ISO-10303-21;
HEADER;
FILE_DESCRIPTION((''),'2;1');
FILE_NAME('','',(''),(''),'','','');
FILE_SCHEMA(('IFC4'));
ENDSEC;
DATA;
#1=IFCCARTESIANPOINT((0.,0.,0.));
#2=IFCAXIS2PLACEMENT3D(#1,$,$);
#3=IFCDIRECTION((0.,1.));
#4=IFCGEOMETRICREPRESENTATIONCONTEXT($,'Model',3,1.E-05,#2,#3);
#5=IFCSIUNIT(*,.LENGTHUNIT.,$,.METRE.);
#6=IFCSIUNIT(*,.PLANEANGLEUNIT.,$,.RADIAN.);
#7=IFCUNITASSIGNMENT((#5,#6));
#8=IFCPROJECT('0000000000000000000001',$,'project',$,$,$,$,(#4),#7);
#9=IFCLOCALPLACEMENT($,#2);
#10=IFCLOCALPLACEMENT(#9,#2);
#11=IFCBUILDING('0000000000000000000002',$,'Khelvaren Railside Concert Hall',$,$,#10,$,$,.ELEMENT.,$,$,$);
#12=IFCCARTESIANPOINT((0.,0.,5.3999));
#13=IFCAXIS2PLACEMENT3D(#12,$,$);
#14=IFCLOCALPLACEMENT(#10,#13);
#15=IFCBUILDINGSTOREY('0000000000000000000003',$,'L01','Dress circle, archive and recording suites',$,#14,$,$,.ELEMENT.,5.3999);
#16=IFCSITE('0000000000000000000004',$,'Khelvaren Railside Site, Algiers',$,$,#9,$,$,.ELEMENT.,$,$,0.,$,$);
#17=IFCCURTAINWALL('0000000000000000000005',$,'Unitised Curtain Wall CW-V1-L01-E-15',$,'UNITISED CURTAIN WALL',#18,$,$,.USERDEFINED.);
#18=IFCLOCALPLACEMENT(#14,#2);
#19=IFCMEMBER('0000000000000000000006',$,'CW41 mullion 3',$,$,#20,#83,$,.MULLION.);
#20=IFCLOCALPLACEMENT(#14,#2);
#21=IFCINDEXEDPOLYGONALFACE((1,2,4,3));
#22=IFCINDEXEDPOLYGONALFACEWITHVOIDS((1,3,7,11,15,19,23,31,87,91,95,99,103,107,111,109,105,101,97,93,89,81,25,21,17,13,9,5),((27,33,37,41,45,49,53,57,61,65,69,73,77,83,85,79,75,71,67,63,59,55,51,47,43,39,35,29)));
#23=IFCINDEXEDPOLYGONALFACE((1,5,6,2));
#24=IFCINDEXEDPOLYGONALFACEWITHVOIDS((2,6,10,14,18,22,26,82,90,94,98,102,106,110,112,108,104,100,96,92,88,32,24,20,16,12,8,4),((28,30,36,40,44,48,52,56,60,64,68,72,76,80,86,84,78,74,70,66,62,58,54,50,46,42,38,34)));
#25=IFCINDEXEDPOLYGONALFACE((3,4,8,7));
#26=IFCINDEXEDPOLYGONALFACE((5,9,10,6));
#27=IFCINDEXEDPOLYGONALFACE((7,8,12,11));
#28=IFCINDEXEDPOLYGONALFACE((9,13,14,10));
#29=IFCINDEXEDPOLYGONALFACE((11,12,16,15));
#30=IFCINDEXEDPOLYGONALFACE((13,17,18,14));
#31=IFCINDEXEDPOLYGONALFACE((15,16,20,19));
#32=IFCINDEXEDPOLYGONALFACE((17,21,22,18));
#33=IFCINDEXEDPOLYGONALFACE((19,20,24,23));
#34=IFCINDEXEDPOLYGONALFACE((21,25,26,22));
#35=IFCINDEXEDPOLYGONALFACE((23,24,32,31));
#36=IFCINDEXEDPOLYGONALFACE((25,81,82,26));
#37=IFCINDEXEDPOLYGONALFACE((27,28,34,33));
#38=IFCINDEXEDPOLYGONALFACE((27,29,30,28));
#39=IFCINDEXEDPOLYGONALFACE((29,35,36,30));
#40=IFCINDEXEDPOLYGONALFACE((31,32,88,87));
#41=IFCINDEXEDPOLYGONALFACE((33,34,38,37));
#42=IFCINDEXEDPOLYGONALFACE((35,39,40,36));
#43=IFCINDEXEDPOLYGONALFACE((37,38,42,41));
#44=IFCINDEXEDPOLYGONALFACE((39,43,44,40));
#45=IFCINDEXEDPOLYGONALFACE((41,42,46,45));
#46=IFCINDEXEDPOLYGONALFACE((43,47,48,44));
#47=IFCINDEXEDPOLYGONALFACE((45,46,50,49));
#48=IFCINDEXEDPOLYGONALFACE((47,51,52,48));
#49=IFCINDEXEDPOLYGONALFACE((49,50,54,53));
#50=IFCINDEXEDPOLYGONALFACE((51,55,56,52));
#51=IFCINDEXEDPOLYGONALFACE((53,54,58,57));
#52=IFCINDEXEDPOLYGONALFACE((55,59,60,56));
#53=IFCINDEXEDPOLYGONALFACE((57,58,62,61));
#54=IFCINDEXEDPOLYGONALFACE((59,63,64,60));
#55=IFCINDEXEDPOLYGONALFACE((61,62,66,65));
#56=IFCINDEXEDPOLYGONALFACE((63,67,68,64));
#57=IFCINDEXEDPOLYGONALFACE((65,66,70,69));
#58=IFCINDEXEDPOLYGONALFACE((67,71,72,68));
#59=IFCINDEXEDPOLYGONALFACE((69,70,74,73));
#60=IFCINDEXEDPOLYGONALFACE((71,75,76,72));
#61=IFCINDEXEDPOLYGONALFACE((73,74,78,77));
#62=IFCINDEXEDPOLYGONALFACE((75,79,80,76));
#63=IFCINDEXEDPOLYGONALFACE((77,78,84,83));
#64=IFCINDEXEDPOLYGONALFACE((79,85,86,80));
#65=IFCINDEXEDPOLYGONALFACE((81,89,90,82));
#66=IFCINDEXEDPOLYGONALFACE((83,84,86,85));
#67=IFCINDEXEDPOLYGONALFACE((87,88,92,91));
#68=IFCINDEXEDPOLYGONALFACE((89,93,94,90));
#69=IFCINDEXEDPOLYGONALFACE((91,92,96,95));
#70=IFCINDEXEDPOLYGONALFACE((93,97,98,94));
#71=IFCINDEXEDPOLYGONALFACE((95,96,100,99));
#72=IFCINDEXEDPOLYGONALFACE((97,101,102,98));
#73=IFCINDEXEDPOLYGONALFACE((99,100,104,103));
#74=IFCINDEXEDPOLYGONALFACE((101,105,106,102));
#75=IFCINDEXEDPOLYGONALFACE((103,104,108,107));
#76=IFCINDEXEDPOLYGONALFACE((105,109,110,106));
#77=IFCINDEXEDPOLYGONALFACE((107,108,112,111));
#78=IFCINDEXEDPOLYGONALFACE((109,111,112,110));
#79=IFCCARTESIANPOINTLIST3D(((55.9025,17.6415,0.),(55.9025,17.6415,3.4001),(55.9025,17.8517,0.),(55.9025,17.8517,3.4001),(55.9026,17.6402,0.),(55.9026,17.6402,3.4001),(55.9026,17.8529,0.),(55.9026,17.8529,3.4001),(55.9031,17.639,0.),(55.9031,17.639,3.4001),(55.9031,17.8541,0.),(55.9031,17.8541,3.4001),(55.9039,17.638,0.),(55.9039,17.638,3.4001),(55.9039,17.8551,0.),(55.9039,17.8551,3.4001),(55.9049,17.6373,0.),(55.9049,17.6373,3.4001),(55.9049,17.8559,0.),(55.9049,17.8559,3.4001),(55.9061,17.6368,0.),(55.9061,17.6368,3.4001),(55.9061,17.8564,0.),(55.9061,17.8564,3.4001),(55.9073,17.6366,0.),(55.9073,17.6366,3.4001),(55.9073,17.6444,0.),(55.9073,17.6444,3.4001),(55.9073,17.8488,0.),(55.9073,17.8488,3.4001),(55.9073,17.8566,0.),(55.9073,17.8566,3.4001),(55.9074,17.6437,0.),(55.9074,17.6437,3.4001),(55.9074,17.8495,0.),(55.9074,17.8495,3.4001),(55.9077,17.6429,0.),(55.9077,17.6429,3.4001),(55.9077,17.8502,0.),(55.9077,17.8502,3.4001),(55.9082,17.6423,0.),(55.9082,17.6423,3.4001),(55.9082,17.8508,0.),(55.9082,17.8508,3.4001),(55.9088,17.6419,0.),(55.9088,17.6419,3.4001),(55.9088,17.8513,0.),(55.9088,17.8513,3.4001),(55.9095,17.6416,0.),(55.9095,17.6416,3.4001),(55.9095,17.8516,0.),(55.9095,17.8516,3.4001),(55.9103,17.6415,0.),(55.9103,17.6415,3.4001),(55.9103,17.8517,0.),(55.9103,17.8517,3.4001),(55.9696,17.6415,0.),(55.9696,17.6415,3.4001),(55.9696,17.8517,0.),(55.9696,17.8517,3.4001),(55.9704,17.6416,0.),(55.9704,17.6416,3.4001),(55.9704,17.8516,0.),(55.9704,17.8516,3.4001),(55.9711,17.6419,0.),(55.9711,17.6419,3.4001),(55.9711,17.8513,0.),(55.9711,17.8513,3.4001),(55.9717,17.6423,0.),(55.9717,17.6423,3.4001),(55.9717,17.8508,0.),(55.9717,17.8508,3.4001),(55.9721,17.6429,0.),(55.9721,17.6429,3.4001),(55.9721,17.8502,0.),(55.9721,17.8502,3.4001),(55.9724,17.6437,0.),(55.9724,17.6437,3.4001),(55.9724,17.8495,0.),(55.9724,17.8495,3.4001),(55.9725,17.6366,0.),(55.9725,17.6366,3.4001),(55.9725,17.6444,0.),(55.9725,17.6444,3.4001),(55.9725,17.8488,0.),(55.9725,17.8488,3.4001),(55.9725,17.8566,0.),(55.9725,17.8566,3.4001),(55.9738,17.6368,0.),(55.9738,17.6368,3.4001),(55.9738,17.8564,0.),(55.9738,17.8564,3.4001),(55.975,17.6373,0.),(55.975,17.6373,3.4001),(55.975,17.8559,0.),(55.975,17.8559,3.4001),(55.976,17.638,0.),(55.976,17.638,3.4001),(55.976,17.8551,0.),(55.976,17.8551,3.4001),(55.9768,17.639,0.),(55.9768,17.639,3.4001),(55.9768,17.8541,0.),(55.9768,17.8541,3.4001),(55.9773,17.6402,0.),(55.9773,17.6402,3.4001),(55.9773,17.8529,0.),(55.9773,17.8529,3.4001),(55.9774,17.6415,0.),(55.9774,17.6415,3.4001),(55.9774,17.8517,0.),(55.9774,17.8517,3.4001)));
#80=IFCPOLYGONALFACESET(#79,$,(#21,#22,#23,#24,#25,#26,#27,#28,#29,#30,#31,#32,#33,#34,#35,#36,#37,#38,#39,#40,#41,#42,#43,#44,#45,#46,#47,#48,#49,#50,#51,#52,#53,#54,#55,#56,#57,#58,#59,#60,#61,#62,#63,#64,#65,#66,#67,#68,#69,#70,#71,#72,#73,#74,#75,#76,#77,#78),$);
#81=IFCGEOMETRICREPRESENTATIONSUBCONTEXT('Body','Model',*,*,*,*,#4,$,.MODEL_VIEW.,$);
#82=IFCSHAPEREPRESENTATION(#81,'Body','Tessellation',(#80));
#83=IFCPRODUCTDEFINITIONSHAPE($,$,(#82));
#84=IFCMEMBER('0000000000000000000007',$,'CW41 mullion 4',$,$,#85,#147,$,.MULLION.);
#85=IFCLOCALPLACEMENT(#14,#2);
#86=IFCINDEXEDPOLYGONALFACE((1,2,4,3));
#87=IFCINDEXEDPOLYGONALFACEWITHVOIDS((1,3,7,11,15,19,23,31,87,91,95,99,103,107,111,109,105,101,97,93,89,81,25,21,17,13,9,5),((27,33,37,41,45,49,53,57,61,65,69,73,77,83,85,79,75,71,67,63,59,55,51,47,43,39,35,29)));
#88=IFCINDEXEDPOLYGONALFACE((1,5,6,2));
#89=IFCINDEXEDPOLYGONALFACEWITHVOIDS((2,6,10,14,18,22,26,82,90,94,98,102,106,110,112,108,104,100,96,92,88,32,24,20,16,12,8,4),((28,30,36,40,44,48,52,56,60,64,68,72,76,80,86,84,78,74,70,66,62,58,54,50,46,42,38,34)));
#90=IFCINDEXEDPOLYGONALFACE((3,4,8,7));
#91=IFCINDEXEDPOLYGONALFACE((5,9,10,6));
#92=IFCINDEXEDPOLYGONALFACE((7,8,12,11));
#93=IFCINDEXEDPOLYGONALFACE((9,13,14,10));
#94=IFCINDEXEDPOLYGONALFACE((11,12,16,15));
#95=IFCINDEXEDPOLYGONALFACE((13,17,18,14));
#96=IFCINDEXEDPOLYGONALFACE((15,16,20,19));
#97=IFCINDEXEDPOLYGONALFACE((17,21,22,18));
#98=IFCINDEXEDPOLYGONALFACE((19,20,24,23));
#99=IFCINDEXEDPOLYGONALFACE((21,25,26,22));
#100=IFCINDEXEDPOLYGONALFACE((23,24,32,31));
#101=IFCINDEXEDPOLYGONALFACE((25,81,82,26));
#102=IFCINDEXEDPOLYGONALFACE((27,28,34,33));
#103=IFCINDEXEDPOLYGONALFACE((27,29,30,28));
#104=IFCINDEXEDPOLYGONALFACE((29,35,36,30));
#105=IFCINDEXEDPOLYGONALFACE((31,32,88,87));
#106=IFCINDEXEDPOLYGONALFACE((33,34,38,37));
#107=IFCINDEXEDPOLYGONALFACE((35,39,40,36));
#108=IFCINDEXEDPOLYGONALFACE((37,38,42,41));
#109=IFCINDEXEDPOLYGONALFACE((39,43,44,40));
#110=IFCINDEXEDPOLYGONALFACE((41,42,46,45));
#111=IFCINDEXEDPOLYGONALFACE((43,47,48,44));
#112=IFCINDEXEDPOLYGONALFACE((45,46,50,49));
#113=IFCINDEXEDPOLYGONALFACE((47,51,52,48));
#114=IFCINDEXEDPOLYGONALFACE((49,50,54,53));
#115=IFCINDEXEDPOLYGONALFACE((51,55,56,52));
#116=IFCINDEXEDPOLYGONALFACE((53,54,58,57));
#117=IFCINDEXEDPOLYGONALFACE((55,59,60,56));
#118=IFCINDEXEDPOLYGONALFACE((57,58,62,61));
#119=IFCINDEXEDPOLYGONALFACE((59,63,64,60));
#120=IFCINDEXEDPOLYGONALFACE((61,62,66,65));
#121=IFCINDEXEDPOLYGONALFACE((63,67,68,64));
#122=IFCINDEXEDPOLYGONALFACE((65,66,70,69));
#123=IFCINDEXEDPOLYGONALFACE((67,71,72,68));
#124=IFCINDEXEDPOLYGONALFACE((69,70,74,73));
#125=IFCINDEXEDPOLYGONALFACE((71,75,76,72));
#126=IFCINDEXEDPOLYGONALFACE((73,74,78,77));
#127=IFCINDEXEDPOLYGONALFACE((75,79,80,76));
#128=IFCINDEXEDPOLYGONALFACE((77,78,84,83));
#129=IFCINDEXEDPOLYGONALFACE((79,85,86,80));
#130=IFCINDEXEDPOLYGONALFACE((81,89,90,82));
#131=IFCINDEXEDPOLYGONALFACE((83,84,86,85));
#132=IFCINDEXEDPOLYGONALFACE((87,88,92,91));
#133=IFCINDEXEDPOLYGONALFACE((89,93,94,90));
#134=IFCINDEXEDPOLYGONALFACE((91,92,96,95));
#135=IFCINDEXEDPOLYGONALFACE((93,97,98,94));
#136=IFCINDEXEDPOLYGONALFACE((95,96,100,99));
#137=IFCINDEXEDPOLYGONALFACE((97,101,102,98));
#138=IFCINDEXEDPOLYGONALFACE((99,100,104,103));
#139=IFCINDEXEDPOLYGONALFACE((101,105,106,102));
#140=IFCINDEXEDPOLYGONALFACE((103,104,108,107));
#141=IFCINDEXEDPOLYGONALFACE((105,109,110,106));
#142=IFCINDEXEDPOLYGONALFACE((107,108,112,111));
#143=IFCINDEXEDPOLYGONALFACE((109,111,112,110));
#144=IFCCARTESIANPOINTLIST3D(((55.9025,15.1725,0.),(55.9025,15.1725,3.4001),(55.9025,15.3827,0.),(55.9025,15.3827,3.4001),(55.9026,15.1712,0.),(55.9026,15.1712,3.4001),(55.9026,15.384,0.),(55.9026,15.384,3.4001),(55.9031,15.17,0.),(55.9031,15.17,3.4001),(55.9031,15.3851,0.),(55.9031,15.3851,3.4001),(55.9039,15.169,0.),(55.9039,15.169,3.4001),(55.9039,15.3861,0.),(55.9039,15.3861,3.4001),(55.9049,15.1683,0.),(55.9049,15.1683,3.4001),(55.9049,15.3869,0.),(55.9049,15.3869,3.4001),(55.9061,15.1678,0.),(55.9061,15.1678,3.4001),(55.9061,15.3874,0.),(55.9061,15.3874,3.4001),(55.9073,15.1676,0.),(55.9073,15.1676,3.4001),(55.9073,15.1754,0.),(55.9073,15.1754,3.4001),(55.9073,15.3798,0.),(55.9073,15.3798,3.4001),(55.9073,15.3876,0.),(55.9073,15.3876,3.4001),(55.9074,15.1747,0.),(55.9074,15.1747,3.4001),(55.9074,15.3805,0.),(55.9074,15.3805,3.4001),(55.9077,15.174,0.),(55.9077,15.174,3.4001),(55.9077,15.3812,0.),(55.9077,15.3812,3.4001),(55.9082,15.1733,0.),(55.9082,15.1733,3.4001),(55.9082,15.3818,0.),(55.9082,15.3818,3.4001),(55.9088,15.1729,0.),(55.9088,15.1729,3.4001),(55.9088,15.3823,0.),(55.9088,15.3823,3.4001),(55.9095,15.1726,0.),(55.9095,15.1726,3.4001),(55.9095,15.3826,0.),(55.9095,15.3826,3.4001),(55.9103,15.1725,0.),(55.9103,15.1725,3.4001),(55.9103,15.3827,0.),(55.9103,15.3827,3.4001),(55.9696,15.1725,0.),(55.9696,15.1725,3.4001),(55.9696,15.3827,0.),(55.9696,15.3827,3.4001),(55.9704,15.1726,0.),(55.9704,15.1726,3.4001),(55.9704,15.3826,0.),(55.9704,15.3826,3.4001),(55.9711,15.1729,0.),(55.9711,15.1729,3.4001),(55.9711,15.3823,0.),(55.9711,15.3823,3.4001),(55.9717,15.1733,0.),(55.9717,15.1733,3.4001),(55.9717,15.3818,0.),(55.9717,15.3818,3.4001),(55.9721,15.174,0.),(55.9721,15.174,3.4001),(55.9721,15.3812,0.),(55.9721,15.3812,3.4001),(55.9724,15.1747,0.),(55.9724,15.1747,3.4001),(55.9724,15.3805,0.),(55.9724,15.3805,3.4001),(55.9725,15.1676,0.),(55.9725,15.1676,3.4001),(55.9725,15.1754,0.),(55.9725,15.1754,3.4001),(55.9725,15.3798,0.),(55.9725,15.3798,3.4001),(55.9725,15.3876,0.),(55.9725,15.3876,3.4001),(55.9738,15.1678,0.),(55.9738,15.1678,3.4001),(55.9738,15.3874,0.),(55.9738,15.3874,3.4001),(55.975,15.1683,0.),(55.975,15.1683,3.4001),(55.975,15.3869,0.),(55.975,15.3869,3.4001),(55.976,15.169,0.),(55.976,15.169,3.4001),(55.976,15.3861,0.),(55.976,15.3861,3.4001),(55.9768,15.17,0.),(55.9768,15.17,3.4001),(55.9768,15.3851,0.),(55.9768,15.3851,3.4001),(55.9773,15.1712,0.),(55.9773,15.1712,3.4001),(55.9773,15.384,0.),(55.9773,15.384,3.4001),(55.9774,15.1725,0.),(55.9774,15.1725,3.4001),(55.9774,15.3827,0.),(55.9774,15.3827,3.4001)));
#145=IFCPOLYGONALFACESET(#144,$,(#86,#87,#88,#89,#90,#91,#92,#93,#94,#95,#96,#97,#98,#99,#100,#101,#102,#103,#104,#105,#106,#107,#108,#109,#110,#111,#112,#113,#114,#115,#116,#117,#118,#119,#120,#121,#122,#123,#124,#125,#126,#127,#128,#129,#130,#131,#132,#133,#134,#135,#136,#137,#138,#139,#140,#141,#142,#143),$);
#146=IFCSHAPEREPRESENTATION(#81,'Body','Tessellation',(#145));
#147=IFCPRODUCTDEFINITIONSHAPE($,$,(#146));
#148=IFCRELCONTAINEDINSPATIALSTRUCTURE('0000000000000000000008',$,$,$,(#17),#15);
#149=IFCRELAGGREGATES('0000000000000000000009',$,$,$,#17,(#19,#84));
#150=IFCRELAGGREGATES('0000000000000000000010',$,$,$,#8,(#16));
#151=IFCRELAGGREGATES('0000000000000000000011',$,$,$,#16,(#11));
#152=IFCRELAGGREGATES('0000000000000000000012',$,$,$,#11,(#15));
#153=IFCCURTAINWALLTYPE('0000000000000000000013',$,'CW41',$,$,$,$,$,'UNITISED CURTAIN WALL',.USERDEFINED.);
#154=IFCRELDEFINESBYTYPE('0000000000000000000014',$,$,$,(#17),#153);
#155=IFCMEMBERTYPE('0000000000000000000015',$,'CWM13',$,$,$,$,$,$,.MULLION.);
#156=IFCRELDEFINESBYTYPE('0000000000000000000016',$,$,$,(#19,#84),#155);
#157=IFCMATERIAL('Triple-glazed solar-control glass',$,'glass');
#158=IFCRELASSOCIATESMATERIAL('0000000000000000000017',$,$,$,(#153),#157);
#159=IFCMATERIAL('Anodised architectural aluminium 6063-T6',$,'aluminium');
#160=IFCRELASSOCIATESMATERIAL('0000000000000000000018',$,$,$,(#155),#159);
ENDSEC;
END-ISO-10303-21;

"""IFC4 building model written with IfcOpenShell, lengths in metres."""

from ifc_helpers import new_model, si_unit, direction, frame, origin, origin_2d, place, context, subcontext, project, spatial, hollow_rectangle, extrude, material, material_profile, profile_set, type_object, element, aggregate, save


model = new_model("IFC4")

# Units and contexts
model_context = context("Model", 3, precision=1e-05, world=origin(), true_north=direction((0.0, 1.0)))
body_context = subcontext(model_context, "Body", "Model", "MODEL_VIEW")
ifc_project = project(units=[si_unit("LENGTHUNIT", "METRE"), si_unit("PLANEANGLEUNIT", "RADIAN")], contexts=[model_context])

# Site, building, storey
site_placement = place(None, origin())
site = spatial("IfcSite", under=ifc_project, at=site_placement, Name="Khelvaren Railside Site, Algiers", CompositionType="ELEMENT", RefElevation=0.0)
building_placement = place(site_placement, origin())
building = spatial("IfcBuilding", under=site, at=building_placement, Name="Khelvaren Railside Concert Hall", CompositionType="ELEMENT")
storey_placement = place(building_placement, frame((0.0, 0.0, 5.3999)))
storey = spatial("IfcBuildingStorey", under=building, at=storey_placement, Name="L01", Description="Dress circle, archive and recording suites", CompositionType="ELEMENT", Elevation=5.3999)

# Curtain wall, members
ifc_material_1 = material(Name="Triple-glazed solar-control glass", Category="glass")
curtain_wall_type = type_object("IfcCurtainWallType", Name="CW41", ElementType="UNITISED CURTAIN WALL", PredefinedType="USERDEFINED", material=ifc_material_1)
curtain_wall_placement = place(storey_placement, origin())
curtain_wall = element("IfcCurtainWall", 1, at=curtain_wall_placement, inside=storey, type_object=curtain_wall_type, Name="Unitised Curtain Wall CW-V1-L01-E-15", ObjectType="UNITISED CURTAIN WALL", PredefinedType="USERDEFINED")
ifc_material_2 = material(Name="Anodised architectural aluminium 6063-T6", Category="aluminium")
ifc_material_profile_1 = material_profile(ifc_material_2, hollow_rectangle(XDim=0.075, YDim=0.22, WallThickness=0.0049, InnerFilletRadius=0.0029, OuterFilletRadius=0.0049, at=origin_2d()), Name="CWM 75x220x5")
ifc_profile_set_1 = profile_set([ifc_material_profile_1], Name="Anodised architectural aluminium 6063-T6")
member_type_1 = type_object("IfcMemberType", Name="CWM13", PredefinedType="MULLION", material=ifc_profile_set_1)
member_1_placement = place(storey_placement, frame((55.9399, 17.7466, 0.0), z_axis=(0.0, 0.0, 1.0), x_axis=(1.0, 0.0, 0.0)))
member_1 = element("IfcMember", 2, at=member_1_placement, type_object=member_type_1, Name="CW41 mullion 3", PredefinedType="MULLION", context=body_context, shape_type="SweptSolid", body=[
    extrude(hollow_rectangle(XDim=0.075, YDim=0.22, WallThickness=0.0049, InnerFilletRadius=0.0029, OuterFilletRadius=0.0049, at=origin_2d()), origin(), (0.0, 0.0, 1.0), 3.4001),
])
member_2_placement = place(storey_placement, frame((55.9399, 15.2776, 0.0), z_axis=(0.0, 0.0, 1.0), x_axis=(1.0, 0.0, 0.0)))
member_2 = element("IfcMember", 3, at=member_2_placement, type_object=member_type_1, Name="CW41 mullion 4", PredefinedType="MULLION", context=body_context, shape_type="SweptSolid", body=[
    extrude(hollow_rectangle(XDim=0.075, YDim=0.22, WallThickness=0.0049, InnerFilletRadius=0.0029, OuterFilletRadius=0.0049, at=origin_2d()), origin(), (0.0, 0.0, 1.0), 3.4001),
])

aggregate(curtain_wall, [member_1, member_2])

save(model, "model.ifc")
